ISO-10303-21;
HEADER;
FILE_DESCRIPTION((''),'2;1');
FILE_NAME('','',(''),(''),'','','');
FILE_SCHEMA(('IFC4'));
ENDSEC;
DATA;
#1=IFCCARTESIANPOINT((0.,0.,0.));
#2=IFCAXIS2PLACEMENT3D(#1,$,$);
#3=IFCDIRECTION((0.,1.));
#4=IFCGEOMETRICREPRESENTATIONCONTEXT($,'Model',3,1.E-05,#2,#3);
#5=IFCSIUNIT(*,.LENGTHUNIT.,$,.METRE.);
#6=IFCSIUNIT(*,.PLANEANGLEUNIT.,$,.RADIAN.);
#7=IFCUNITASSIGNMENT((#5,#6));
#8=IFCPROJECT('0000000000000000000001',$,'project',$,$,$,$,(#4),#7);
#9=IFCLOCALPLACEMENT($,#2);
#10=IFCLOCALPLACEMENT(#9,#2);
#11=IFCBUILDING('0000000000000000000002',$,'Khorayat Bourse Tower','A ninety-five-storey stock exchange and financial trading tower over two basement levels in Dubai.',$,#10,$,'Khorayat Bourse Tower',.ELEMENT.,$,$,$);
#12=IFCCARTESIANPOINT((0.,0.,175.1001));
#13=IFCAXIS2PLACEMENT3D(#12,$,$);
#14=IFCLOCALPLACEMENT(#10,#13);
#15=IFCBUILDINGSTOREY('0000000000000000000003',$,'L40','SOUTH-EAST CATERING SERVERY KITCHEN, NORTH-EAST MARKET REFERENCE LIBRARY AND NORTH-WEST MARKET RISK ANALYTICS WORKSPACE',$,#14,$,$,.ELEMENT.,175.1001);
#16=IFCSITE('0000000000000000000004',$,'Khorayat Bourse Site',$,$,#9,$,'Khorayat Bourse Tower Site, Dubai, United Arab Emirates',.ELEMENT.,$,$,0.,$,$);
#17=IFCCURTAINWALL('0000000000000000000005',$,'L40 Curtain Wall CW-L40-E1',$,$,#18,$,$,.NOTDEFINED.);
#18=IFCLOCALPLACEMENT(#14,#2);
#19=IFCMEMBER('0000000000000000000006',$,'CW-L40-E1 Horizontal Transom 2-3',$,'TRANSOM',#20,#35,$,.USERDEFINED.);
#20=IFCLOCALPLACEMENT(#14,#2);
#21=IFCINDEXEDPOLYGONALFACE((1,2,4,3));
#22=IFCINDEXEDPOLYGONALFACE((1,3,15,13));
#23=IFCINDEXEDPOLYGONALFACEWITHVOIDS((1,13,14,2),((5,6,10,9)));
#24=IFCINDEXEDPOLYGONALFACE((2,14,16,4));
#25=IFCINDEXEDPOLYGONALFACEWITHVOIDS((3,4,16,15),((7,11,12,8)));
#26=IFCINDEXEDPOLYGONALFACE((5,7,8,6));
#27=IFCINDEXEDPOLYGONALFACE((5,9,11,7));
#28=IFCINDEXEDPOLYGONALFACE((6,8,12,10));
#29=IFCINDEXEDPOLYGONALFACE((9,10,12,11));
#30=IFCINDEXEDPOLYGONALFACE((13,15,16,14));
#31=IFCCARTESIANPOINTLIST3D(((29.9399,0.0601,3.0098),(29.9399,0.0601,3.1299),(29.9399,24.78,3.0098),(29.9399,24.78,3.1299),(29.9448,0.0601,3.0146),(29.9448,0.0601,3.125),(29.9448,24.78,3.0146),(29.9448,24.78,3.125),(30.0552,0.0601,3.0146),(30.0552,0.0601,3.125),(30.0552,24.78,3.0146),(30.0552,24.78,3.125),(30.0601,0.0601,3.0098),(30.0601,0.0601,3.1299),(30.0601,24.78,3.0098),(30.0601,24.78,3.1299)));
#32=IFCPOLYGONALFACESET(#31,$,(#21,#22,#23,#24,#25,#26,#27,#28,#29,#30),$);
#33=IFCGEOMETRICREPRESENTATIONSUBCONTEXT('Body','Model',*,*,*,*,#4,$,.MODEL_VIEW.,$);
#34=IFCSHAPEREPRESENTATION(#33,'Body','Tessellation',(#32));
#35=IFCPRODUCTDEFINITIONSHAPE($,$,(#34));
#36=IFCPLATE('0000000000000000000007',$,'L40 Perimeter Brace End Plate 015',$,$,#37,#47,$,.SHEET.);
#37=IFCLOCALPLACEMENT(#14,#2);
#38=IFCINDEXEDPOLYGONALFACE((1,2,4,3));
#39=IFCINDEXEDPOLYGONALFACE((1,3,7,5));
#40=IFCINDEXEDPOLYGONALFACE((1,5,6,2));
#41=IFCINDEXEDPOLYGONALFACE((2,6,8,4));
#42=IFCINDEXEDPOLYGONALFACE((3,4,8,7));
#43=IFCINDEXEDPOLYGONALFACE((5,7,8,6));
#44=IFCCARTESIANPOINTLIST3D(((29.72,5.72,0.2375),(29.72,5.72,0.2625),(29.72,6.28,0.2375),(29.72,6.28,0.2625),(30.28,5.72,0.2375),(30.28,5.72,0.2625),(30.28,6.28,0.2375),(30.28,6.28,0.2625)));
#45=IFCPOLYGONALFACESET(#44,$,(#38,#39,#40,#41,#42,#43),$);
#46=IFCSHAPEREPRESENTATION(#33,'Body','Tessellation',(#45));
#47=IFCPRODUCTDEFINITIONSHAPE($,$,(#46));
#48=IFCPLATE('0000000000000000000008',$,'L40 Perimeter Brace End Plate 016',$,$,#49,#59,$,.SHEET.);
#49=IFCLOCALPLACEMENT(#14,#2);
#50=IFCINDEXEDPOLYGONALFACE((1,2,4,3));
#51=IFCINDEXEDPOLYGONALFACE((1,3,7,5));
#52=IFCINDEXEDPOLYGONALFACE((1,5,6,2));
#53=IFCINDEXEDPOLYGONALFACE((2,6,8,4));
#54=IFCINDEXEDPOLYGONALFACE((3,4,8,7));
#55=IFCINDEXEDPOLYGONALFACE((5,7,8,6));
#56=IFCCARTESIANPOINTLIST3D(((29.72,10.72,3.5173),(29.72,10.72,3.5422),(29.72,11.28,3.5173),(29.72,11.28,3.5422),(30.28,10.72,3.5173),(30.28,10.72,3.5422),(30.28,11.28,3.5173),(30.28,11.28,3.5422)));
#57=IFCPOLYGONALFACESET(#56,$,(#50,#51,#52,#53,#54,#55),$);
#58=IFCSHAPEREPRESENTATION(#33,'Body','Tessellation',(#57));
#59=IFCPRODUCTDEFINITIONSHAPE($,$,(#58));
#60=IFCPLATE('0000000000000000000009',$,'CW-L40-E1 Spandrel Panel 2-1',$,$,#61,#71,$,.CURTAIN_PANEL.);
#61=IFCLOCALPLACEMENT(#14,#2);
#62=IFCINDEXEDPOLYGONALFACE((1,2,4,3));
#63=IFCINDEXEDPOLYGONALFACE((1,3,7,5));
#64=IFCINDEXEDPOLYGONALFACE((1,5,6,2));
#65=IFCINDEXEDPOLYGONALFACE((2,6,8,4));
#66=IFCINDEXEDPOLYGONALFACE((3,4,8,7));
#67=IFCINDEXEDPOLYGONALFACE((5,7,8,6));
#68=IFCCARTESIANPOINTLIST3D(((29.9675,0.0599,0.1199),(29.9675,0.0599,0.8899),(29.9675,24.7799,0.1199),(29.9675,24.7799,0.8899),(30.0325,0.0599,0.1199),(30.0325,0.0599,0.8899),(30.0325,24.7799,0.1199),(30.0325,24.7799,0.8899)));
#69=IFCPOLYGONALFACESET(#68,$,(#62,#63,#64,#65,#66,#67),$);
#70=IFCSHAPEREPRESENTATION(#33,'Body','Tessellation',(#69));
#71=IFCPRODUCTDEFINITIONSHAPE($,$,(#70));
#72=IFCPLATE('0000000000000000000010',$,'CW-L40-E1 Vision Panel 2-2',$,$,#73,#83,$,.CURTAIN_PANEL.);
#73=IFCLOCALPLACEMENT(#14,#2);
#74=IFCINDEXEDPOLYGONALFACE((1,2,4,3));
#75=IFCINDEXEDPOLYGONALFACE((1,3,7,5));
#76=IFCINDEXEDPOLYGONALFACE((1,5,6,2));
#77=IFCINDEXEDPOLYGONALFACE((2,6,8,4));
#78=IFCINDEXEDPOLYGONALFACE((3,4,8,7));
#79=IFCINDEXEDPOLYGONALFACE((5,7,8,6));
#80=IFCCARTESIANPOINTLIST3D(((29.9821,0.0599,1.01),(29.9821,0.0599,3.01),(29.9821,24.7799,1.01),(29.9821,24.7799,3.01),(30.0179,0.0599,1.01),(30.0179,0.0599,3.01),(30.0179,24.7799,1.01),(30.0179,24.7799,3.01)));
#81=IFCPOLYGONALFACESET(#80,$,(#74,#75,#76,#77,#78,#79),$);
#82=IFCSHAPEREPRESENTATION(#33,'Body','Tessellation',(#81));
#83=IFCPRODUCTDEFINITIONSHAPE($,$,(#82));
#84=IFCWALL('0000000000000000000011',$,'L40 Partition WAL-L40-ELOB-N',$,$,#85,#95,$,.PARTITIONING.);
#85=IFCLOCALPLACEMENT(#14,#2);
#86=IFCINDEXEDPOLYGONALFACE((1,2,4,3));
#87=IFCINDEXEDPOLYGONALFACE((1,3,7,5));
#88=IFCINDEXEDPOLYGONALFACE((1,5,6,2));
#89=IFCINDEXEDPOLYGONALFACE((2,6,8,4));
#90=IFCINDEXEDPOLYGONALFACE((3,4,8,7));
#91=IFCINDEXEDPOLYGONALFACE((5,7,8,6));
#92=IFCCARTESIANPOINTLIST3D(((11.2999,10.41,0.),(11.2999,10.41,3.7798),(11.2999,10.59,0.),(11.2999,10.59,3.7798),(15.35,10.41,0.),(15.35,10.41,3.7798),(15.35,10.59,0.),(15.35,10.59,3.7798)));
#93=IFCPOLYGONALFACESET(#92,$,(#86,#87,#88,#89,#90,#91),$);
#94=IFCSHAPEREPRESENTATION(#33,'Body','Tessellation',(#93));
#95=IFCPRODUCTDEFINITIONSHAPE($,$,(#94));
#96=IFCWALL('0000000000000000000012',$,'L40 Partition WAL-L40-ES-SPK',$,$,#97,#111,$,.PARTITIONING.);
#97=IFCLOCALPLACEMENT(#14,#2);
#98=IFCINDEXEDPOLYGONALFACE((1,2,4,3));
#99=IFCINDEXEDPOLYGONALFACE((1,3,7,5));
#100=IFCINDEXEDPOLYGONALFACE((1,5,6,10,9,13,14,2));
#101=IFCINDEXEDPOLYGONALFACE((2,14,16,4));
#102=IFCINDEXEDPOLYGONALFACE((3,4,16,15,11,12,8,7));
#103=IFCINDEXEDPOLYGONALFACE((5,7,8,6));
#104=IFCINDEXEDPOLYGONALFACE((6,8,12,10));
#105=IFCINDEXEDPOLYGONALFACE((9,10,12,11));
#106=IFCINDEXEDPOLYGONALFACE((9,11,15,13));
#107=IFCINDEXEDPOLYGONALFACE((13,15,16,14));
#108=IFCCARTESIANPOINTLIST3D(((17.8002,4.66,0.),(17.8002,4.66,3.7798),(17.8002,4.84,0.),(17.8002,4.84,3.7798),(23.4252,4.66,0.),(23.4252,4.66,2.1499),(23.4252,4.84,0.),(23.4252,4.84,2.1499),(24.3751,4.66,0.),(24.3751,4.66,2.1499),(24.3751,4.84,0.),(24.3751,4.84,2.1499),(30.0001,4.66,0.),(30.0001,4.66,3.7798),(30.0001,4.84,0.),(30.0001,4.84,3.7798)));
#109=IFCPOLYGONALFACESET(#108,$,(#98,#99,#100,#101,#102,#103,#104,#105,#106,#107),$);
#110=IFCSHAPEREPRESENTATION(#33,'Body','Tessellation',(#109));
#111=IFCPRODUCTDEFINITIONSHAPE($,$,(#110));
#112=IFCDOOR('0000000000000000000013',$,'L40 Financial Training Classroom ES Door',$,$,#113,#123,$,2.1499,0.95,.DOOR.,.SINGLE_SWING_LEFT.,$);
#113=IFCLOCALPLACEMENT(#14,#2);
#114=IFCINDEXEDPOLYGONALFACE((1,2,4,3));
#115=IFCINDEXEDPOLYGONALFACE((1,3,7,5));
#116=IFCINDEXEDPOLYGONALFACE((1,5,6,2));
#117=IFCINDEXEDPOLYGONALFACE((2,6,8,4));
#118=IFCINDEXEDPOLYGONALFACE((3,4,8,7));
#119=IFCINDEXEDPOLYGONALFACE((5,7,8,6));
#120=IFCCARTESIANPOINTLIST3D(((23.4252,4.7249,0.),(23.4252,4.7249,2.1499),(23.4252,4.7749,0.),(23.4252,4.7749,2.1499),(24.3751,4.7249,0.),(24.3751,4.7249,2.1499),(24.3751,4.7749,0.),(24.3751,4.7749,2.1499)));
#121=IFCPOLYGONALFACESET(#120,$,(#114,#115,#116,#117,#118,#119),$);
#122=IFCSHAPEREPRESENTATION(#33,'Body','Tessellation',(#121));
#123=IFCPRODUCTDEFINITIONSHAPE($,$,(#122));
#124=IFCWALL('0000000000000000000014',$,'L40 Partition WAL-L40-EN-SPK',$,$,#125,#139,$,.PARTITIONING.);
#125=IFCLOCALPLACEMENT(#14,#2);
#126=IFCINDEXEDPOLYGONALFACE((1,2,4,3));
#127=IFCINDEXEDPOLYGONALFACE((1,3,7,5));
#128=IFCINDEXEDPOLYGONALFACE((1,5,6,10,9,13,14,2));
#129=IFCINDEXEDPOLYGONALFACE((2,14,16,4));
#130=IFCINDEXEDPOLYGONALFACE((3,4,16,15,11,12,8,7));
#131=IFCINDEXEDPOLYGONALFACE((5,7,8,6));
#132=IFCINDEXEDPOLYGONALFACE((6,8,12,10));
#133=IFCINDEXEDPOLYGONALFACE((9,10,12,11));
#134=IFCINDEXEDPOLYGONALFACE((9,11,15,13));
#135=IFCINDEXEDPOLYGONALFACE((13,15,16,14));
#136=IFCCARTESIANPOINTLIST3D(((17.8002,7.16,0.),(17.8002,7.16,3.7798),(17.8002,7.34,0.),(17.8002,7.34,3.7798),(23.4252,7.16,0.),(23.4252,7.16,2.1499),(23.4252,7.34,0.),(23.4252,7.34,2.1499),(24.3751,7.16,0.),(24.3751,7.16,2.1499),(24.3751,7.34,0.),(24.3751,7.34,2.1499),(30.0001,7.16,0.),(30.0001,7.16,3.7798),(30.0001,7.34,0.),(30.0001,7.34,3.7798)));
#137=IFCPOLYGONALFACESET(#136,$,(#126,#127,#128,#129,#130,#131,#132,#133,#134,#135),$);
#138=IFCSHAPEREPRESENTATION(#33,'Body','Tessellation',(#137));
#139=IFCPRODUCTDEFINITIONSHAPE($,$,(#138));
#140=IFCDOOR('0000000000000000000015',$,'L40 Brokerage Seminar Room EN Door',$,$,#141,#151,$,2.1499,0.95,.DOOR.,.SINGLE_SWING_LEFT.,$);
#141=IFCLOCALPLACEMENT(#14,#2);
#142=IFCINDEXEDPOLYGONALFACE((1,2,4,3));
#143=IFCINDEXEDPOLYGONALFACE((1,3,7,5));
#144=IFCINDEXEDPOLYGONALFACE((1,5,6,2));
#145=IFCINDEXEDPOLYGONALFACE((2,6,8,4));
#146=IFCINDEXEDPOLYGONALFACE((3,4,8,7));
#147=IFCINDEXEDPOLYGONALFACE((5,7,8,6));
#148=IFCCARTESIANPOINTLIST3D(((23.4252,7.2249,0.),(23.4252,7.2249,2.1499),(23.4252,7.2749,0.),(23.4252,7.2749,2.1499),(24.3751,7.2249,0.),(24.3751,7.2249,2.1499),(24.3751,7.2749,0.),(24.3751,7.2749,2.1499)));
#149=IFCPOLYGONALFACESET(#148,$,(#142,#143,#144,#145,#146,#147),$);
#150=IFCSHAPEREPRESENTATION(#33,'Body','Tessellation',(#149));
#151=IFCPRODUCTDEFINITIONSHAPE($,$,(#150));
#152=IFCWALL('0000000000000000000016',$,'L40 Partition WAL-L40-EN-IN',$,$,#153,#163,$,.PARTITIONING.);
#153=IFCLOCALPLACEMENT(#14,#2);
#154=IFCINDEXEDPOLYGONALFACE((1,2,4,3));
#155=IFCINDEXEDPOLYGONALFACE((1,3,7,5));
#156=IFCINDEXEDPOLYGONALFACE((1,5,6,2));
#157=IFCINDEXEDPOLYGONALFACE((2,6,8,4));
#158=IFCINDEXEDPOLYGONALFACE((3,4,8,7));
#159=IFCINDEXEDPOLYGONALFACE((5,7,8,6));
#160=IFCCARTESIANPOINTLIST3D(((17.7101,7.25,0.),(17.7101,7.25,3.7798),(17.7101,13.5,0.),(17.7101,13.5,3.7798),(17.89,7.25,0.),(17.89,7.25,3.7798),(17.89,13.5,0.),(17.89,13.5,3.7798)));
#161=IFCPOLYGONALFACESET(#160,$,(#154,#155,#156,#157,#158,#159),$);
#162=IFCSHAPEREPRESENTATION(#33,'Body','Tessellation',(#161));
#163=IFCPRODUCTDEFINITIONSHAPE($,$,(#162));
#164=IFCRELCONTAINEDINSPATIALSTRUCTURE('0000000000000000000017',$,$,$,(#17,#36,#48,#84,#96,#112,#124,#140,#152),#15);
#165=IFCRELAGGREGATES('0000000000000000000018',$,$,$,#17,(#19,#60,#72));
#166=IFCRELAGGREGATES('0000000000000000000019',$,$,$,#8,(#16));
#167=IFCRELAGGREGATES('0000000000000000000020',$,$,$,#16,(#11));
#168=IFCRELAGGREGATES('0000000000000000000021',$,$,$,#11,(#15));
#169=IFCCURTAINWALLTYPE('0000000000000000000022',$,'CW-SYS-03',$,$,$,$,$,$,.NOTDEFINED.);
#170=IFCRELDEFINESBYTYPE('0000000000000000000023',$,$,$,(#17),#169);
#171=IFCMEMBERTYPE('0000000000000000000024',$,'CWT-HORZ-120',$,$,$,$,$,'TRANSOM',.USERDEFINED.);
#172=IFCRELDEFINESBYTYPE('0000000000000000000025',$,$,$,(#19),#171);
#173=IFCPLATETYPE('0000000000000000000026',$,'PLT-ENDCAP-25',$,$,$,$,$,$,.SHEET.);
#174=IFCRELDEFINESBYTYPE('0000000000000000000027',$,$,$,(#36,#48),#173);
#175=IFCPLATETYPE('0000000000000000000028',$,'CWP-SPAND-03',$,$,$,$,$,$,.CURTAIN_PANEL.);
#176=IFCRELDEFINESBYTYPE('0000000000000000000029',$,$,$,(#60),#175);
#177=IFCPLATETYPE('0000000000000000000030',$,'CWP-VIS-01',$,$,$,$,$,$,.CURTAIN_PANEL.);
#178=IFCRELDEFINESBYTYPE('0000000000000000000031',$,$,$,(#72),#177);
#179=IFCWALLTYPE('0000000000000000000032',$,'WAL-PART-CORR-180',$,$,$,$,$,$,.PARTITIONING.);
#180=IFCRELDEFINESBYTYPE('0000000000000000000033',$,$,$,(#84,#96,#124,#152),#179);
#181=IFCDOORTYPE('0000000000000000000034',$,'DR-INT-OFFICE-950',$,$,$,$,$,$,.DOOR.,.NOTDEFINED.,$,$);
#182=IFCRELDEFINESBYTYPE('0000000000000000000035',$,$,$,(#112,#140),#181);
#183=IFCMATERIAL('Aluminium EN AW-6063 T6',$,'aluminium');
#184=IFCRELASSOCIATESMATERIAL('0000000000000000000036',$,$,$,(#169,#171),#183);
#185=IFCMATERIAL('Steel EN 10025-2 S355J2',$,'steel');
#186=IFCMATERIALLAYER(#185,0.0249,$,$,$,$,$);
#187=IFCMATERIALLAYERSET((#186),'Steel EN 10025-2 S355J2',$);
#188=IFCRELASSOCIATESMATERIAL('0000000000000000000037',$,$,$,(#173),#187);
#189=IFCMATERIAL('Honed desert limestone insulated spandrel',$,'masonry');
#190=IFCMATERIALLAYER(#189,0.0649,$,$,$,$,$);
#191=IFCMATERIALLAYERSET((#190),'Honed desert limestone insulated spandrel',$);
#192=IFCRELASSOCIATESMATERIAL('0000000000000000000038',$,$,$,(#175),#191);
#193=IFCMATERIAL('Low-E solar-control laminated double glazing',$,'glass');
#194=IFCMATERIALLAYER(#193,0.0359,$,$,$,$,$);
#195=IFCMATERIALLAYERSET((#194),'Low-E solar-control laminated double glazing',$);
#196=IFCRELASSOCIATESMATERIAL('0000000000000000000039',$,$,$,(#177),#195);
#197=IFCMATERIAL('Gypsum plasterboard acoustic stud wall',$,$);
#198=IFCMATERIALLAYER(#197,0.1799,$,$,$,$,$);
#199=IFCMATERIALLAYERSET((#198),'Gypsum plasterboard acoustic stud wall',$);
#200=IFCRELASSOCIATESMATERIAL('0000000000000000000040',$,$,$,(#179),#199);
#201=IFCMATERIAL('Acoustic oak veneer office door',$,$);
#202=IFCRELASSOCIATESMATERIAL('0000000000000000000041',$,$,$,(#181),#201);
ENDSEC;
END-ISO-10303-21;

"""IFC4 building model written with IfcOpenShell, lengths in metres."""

from ifc_helpers import new_model, si_unit, direction, frame, frame_2d, origin, origin_2d, place, context, subcontext, project, spatial, rectangle, hollow_rectangle, extrude, source, transform, mapped, material, layer, layer_set, material_profile, profile_set, type_object, element, fill, aggregate, save


model = new_model("IFC4")

# Units and contexts
model_context = context("Model", 3, precision=1e-05, world=origin(), true_north=direction((0.0, 1.0)))
body_context = subcontext(model_context, "Body", "Model", "MODEL_VIEW")
ifc_project = project(units=[si_unit("LENGTHUNIT", "METRE"), si_unit("PLANEANGLEUNIT", "RADIAN")], contexts=[model_context])

# Site, building, storey
site_placement = place(None, origin())
site = spatial("IfcSite", under=ifc_project, at=site_placement, Name="Khorayat Bourse Site", LongName="Khorayat Bourse Tower Site, Dubai, United Arab Emirates", CompositionType="ELEMENT", RefElevation=0.0)
building_placement = place(site_placement, origin())
building = spatial("IfcBuilding", under=site, at=building_placement, Name="Khorayat Bourse Tower", Description="A ninety-five-storey stock exchange and financial trading tower over two basement levels in Dubai.", LongName="Khorayat Bourse Tower", CompositionType="ELEMENT")
storey_placement = place(building_placement, frame((0.0, 0.0, 175.1001)))
storey = spatial("IfcBuildingStorey", under=building, at=storey_placement, Name="L40", Description="SOUTH-EAST CATERING SERVERY KITCHEN, NORTH-EAST MARKET REFERENCE LIBRARY AND NORTH-WEST MARKET RISK ANALYTICS WORKSPACE", CompositionType="ELEMENT", Elevation=175.1001)

# Curtain wall, member
ifc_material_1 = material(Name="Aluminium EN AW-6063 T6", Category="aluminium")
curtain_wall_type = type_object("IfcCurtainWallType", Name="CW-SYS-03", PredefinedType="NOTDEFINED", material=ifc_material_1)
curtain_wall_placement = place(storey_placement, origin())
curtain_wall = element("IfcCurtainWall", 1, at=curtain_wall_placement, inside=storey, type_object=curtain_wall_type, Name="L40 Curtain Wall CW-L40-E1", PredefinedType="NOTDEFINED")
ifc_material_profile_1 = material_profile(ifc_material_1, hollow_rectangle(XDim=0.1201, YDim=0.1201, WallThickness=0.0049, at=origin_2d()), Name="ALU 120x120x5")
ifc_profile_set_1 = profile_set([ifc_material_profile_1], Name="Aluminium EN AW-6063 T6")
member_type_1 = type_object("IfcMemberType", Name="CWT-HORZ-120", ElementType="TRANSOM", PredefinedType="USERDEFINED", material=ifc_profile_set_1)
shared_shape_1 = source(origin(), body_context, "Body", "SweptSolid", [
    extrude(hollow_rectangle(XDim=0.1201, YDim=0.1201, WallThickness=0.0049, at=origin_2d()), origin(), (0.0, 0.0, 1.0), 24.72),
])
member_1_placement = place(storey_placement, frame((30.0, 0.0601, 3.0698), z_axis=(0.0, 1.0, 0.0), x_axis=(-1.0, 0.0, 0.0)))
member_1 = element("IfcMember", 2, at=member_1_placement, type_object=member_type_1, Name="CW-L40-E1 Horizontal Transom 2-3", ObjectType="TRANSOM", PredefinedType="USERDEFINED", context=body_context, shape_type="MappedRepresentation", body=[
    mapped(shared_shape_1, transform((0.0, 0.0, 0.0), scale=1.0)),
])

# Plates
ifc_material_2 = material(Name="Steel EN 10025-2 S355J2", Category="steel")
ifc_layer_1 = layer(ifc_material_2, 0.0249)
ifc_layer_set_1 = layer_set([ifc_layer_1], Name="Steel EN 10025-2 S355J2")
plate_type_1 = type_object("IfcPlateType", Name="PLT-ENDCAP-25", PredefinedType="SHEET", material=ifc_layer_set_1)
shared_shape_2 = source(origin(), body_context, "Body", "SweptSolid", [
    extrude(rectangle(XDim=0.5601, YDim=0.5601, at=origin_2d()), origin(), (0.0, 0.0, 1.0), 0.0249),
])
for number, where, z_axis, x_axis, name in (
    (3, (30.0, 6.0, 0.2375), (0.0, 0.0, 1.0), (1.0, 0.0, 0.0), "L40 Perimeter Brace End Plate 015"),
    (4, (30.0, 11.0, 3.5173), (0.0, 0.0, 1.0), (1.0, 0.0, 0.0), "L40 Perimeter Brace End Plate 016"),
):
    element("IfcPlate", number, at=place(storey_placement, frame(where, z_axis=z_axis, x_axis=x_axis)), inside=storey, type_object=plate_type_1, Name=name, PredefinedType="SHEET", context=body_context, shape_type="MappedRepresentation", body=[
        mapped(shared_shape_2, transform((0.0, 0.0, 0.0), scale=1.0)),
    ])

# Plates
ifc_material_3 = material(Name="Honed desert limestone insulated spandrel", Category="masonry")
ifc_layer_2 = layer(ifc_material_3, 0.0649)
ifc_layer_set_2 = layer_set([ifc_layer_2], Name="Honed desert limestone insulated spandrel")
plate_type_2 = type_object("IfcPlateType", Name="CWP-SPAND-03", PredefinedType="CURTAIN_PANEL", material=ifc_layer_set_2)
shared_shape_3 = source(origin(), body_context, "Body", "SweptSolid", [
    extrude(rectangle(XDim=24.72, YDim=0.0649, at=origin_2d()), origin(), (0.0, 0.0, 1.0), 0.77),
])
plate_1_placement = place(storey_placement, frame((30.0, 12.4199, 0.1199), z_axis=(0.0, 0.0, 1.0), x_axis=(0.0, 1.0, 0.0)))
plate_1 = element("IfcPlate", 5, at=plate_1_placement, type_object=plate_type_2, Name="CW-L40-E1 Spandrel Panel 2-1", PredefinedType="CURTAIN_PANEL", context=body_context, shape_type="MappedRepresentation", body=[
    mapped(shared_shape_3, transform((0.0, 0.0, 0.0), scale=1.0)),
])
ifc_material_4 = material(Name="Low-E solar-control laminated double glazing", Category="glass")
ifc_layer_3 = layer(ifc_material_4, 0.0359)
ifc_layer_set_3 = layer_set([ifc_layer_3], Name="Low-E solar-control laminated double glazing")
plate_type_3 = type_object("IfcPlateType", Name="CWP-VIS-01", PredefinedType="CURTAIN_PANEL", material=ifc_layer_set_3)
shared_shape_4 = source(origin(), body_context, "Body", "SweptSolid", [
    extrude(rectangle(XDim=24.72, YDim=0.0359, at=origin_2d()), origin(), (0.0, 0.0, 1.0), 2.0),
])
plate_2_placement = place(storey_placement, frame((30.0, 12.4199, 1.01), z_axis=(0.0, 0.0, 1.0), x_axis=(0.0, 1.0, 0.0)))
plate_2 = element("IfcPlate", 6, at=plate_2_placement, type_object=plate_type_3, Name="CW-L40-E1 Vision Panel 2-2", PredefinedType="CURTAIN_PANEL", context=body_context, shape_type="MappedRepresentation", body=[
    mapped(shared_shape_4, transform((0.0, 0.0, 0.0), scale=1.0)),
])
aggregate(curtain_wall, [member_1, plate_1, plate_2])

# Wall
ifc_material_5 = material(Name="Gypsum plasterboard acoustic stud wall")
ifc_layer_4 = layer(ifc_material_5, 0.1799)
ifc_layer_set_4 = layer_set([ifc_layer_4], Name="Gypsum plasterboard acoustic stud wall")
wall_type = type_object("IfcWallType", Name="WAL-PART-CORR-180", PredefinedType="PARTITIONING", material=ifc_layer_set_4)
shared_shape_5 = source(origin(), body_context, "Body", "SweptSolid", [
    extrude(rectangle(XDim=4.05, YDim=0.1799, at=frame_2d((2.0249, 0.0))), origin(), (0.0, 0.0, 1.0), 3.7798),
])
wall_1_placement = place(storey_placement, frame((11.3, 10.5, 0.0), z_axis=(0.0, 0.0, 1.0), x_axis=(1.0, 0.0, 0.0)))
element("IfcWall", 7, at=wall_1_placement, inside=storey, type_object=wall_type, Name="L40 Partition WAL-L40-ELOB-N", PredefinedType="PARTITIONING", context=body_context, shape_type="MappedRepresentation", body=[
    mapped(shared_shape_5, transform((0.0, 0.0, 0.0), scale=1.0)),
])

# Walls, openings, doors
shared_shape_6 = source(origin(), body_context, "Body", "SweptSolid", [
    extrude(rectangle(XDim=12.2, YDim=0.1799, at=frame_2d((6.1001, 0.0))), origin(), (0.0, 0.0, 1.0), 3.7798),
])
wall_2_placement = place(storey_placement, frame((17.8, 4.75, 0.0), z_axis=(0.0, 0.0, 1.0), x_axis=(1.0, 0.0, 0.0)))
wall_2 = element("IfcWall", 8, at=wall_2_placement, inside=storey, type_object=wall_type, Name="L40 Partition WAL-L40-ES-SPK", PredefinedType="PARTITIONING", context=body_context, shape_type="MappedRepresentation", body=[
    mapped(shared_shape_6, transform((0.0, 0.0, 0.0), scale=1.0)),
])
shared_shape_7 = source(origin(), body_context, "Body", "SweptSolid", [
    extrude(rectangle(XDim=0.95, YDim=2.1499, at=frame_2d((0.4751, 1.075))), frame((0.0, 0.0999, 0.0), z_axis=(0.0, -1.0, 0.0), x_axis=(1.0, 0.0, 0.0)), (0.0, 0.0, 1.0), 0.2),
])
opening_1_placement = place(wall_2_placement, frame((5.625, 0.0, 0.0)))
opening_1 = element("IfcOpeningElement", 9, at=opening_1_placement, cuts=wall_2, PredefinedType="OPENING", context=body_context, shape_type="MappedRepresentation", body=[
    mapped(shared_shape_7, transform((0.0, 0.0, 0.0), scale=1.0)),
])
ifc_material_6 = material(Name="Acoustic oak veneer office door")
door_type = type_object("IfcDoorType", Name="DR-INT-OFFICE-950", OperationType="NOTDEFINED", PredefinedType="DOOR", material=ifc_material_6)
shared_shape_8 = source(origin(), body_context, "Body", "SweptSolid", [
    extrude(rectangle(XDim=0.95, YDim=2.1499, at=frame_2d((0.4751, 1.075))), frame((0.0, 0.0249, 0.0), z_axis=(0.0, -1.0, 0.0), x_axis=(1.0, 0.0, 0.0)), (0.0, 0.0, 1.0), 0.05),
])
door_1_placement = place(opening_1_placement, origin())
door_1 = element("IfcDoor", 10, at=door_1_placement, inside=storey, type_object=door_type, Name="L40 Financial Training Classroom ES Door", OperationType="SINGLE_SWING_LEFT", OverallHeight=2.1499, OverallWidth=0.95, PredefinedType="DOOR", context=body_context, shape_type="MappedRepresentation", body=[
    mapped(shared_shape_8, transform((0.0, 0.0, 0.0), scale=1.0)),
])
fill(opening_1, door_1)
wall_3_placement = place(storey_placement, frame((17.8, 7.25, 0.0), z_axis=(0.0, 0.0, 1.0), x_axis=(1.0, 0.0, 0.0)))
wall_3 = element("IfcWall", 11, at=wall_3_placement, inside=storey, type_object=wall_type, Name="L40 Partition WAL-L40-EN-SPK", PredefinedType="PARTITIONING", context=body_context, shape_type="MappedRepresentation", body=[
    mapped(shared_shape_6, transform((0.0, 0.0, 0.0), scale=1.0)),
])
opening_2_placement = place(wall_3_placement, frame((5.625, 0.0, 0.0)))
opening_2 = element("IfcOpeningElement", 12, at=opening_2_placement, cuts=wall_3, PredefinedType="OPENING", context=body_context, shape_type="MappedRepresentation", body=[
    mapped(shared_shape_7, transform((0.0, 0.0, 0.0), scale=1.0)),
])
door_2_placement = place(opening_2_placement, origin())
door_2 = element("IfcDoor", 13, at=door_2_placement, inside=storey, type_object=door_type, Name="L40 Brokerage Seminar Room EN Door", OperationType="SINGLE_SWING_LEFT", OverallHeight=2.1499, OverallWidth=0.95, PredefinedType="DOOR", context=body_context, shape_type="MappedRepresentation", body=[
    mapped(shared_shape_8, transform((0.0, 0.0, 0.0), scale=1.0)),
])
fill(opening_2, door_2)

# Wall
shared_shape_9 = source(origin(), body_context, "Body", "SweptSolid", [
    extrude(rectangle(XDim=6.25, YDim=0.1799, at=frame_2d((3.125, 0.0))), origin(), (0.0, 0.0, 1.0), 3.7798),
])
wall_4_placement = place(storey_placement, frame((17.8, 7.25, 0.0), z_axis=(0.0, 0.0, 1.0), x_axis=(0.0, 1.0, 0.0)))
element("IfcWall", 14, at=wall_4_placement, inside=storey, type_object=wall_type, Name="L40 Partition WAL-L40-EN-IN", PredefinedType="PARTITIONING", context=body_context, shape_type="MappedRepresentation", body=[
    mapped(shared_shape_9, transform((0.0, 0.0, 0.0), scale=1.0)),
])

save(model, "model.ifc")
